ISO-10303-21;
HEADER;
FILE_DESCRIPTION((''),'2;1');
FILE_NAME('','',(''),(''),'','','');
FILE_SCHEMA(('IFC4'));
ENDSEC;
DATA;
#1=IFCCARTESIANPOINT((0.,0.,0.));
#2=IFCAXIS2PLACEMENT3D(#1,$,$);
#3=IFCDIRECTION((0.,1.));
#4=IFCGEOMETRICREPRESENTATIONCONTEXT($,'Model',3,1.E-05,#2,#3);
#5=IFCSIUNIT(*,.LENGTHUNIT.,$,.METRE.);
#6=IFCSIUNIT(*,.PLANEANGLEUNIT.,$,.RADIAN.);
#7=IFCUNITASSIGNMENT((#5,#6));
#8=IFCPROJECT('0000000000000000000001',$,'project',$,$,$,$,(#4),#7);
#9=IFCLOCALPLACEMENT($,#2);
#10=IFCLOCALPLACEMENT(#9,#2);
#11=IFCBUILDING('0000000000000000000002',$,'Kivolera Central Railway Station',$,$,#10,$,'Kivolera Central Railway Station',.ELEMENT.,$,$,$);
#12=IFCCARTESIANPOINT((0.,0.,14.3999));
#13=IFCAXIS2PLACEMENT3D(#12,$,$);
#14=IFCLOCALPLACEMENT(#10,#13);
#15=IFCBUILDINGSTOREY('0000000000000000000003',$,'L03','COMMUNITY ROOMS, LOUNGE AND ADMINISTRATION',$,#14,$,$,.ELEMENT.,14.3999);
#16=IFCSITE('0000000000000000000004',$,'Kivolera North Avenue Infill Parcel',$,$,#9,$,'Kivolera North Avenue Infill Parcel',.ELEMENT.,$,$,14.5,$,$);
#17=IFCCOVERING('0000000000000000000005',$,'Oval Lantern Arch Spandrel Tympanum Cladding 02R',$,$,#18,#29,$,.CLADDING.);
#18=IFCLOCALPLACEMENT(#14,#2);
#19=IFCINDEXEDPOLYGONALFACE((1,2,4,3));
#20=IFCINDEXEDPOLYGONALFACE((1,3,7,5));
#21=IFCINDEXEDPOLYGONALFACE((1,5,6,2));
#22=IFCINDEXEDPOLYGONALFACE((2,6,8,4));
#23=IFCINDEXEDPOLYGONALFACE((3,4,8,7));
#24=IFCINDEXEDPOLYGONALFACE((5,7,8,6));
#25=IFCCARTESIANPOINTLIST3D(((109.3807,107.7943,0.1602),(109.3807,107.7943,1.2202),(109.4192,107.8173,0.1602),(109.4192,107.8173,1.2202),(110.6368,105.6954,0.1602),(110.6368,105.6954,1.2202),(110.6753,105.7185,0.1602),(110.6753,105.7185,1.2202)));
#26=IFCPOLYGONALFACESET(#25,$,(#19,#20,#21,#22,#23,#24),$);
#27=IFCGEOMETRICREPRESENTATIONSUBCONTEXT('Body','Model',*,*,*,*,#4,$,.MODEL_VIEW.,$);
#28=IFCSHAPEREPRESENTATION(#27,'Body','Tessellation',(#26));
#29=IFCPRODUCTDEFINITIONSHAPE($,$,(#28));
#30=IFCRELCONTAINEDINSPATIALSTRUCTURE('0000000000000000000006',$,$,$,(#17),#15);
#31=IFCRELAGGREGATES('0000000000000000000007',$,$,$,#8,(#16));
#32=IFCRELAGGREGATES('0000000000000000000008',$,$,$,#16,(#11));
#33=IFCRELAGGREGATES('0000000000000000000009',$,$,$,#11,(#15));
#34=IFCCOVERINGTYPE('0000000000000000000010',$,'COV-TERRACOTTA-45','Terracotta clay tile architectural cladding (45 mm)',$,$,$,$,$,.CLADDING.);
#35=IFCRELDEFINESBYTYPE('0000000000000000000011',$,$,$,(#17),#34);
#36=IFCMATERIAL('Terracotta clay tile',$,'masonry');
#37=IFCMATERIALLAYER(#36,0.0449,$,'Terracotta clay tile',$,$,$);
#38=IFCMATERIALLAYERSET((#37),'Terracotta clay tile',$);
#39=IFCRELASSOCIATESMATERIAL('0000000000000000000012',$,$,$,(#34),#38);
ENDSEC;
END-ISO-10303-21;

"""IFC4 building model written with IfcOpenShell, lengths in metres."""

from ifc_helpers import new_model, si_unit, direction, frame, frame_2d, origin, place, context, subcontext, project, spatial, rectangle, extrude, material, layer, layer_set, type_object, element, save


model = new_model("IFC4")

# Units and contexts
model_context = context("Model", 3, precision=1e-05, world=origin(), true_north=direction((0.0, 1.0)))
body_context = subcontext(model_context, "Body", "Model", "MODEL_VIEW")
ifc_project = project(units=[si_unit("LENGTHUNIT", "METRE"), si_unit("PLANEANGLEUNIT", "RADIAN")], contexts=[model_context])

# Site, building, storey
site_placement = place(None, origin())
site = spatial("IfcSite", under=ifc_project, at=site_placement, Name="Kivolera North Avenue Infill Parcel", LongName="Kivolera North Avenue Infill Parcel", CompositionType="ELEMENT", RefElevation=14.5)
building_placement = place(site_placement, origin())
building = spatial("IfcBuilding", under=site, at=building_placement, Name="Kivolera Central Railway Station", LongName="Kivolera Central Railway Station", CompositionType="ELEMENT")
storey_placement = place(building_placement, frame((0.0, 0.0, 14.3999)))
storey = spatial("IfcBuildingStorey", under=building, at=storey_placement, Name="L03", Description="COMMUNITY ROOMS, LOUNGE AND ADMINISTRATION", CompositionType="ELEMENT", Elevation=14.3999)

# Covering
ifc_material_1 = material(Name="Terracotta clay tile", Category="masonry")
ifc_layer_1 = layer(ifc_material_1, 0.0449, Name="Terracotta clay tile")
ifc_layer_set_1 = layer_set([ifc_layer_1], Name="Terracotta clay tile")
covering_type_1 = type_object("IfcCoveringType", Name="COV-TERRACOTTA-45", Description="Terracotta clay tile architectural cladding (45 mm)", PredefinedType="CLADDING", material=ifc_layer_set_1)
for number, where, z_axis, x_axis, name in (
    (1, (109.3999, 107.8059, 0.1602), (0.0, 0.0, 1.0), (0.513527, -0.858074, 0.0), "Oval Lantern Arch Spandrel Tympanum Cladding 02R"),
):
    element("IfcCovering", number, at=place(storey_placement, frame(where, z_axis=z_axis, x_axis=x_axis)), inside=storey, type_object=covering_type_1, Name=name, PredefinedType="CLADDING", context=body_context, shape_type="SweptSolid", body=[
        extrude(rectangle(XDim=2.446, YDim=0.0449, at=frame_2d((1.2231, 0.0))), origin(), (0.0, 0.0, 1.0), 1.0601),
    ])

save(model, "model.ifc")
